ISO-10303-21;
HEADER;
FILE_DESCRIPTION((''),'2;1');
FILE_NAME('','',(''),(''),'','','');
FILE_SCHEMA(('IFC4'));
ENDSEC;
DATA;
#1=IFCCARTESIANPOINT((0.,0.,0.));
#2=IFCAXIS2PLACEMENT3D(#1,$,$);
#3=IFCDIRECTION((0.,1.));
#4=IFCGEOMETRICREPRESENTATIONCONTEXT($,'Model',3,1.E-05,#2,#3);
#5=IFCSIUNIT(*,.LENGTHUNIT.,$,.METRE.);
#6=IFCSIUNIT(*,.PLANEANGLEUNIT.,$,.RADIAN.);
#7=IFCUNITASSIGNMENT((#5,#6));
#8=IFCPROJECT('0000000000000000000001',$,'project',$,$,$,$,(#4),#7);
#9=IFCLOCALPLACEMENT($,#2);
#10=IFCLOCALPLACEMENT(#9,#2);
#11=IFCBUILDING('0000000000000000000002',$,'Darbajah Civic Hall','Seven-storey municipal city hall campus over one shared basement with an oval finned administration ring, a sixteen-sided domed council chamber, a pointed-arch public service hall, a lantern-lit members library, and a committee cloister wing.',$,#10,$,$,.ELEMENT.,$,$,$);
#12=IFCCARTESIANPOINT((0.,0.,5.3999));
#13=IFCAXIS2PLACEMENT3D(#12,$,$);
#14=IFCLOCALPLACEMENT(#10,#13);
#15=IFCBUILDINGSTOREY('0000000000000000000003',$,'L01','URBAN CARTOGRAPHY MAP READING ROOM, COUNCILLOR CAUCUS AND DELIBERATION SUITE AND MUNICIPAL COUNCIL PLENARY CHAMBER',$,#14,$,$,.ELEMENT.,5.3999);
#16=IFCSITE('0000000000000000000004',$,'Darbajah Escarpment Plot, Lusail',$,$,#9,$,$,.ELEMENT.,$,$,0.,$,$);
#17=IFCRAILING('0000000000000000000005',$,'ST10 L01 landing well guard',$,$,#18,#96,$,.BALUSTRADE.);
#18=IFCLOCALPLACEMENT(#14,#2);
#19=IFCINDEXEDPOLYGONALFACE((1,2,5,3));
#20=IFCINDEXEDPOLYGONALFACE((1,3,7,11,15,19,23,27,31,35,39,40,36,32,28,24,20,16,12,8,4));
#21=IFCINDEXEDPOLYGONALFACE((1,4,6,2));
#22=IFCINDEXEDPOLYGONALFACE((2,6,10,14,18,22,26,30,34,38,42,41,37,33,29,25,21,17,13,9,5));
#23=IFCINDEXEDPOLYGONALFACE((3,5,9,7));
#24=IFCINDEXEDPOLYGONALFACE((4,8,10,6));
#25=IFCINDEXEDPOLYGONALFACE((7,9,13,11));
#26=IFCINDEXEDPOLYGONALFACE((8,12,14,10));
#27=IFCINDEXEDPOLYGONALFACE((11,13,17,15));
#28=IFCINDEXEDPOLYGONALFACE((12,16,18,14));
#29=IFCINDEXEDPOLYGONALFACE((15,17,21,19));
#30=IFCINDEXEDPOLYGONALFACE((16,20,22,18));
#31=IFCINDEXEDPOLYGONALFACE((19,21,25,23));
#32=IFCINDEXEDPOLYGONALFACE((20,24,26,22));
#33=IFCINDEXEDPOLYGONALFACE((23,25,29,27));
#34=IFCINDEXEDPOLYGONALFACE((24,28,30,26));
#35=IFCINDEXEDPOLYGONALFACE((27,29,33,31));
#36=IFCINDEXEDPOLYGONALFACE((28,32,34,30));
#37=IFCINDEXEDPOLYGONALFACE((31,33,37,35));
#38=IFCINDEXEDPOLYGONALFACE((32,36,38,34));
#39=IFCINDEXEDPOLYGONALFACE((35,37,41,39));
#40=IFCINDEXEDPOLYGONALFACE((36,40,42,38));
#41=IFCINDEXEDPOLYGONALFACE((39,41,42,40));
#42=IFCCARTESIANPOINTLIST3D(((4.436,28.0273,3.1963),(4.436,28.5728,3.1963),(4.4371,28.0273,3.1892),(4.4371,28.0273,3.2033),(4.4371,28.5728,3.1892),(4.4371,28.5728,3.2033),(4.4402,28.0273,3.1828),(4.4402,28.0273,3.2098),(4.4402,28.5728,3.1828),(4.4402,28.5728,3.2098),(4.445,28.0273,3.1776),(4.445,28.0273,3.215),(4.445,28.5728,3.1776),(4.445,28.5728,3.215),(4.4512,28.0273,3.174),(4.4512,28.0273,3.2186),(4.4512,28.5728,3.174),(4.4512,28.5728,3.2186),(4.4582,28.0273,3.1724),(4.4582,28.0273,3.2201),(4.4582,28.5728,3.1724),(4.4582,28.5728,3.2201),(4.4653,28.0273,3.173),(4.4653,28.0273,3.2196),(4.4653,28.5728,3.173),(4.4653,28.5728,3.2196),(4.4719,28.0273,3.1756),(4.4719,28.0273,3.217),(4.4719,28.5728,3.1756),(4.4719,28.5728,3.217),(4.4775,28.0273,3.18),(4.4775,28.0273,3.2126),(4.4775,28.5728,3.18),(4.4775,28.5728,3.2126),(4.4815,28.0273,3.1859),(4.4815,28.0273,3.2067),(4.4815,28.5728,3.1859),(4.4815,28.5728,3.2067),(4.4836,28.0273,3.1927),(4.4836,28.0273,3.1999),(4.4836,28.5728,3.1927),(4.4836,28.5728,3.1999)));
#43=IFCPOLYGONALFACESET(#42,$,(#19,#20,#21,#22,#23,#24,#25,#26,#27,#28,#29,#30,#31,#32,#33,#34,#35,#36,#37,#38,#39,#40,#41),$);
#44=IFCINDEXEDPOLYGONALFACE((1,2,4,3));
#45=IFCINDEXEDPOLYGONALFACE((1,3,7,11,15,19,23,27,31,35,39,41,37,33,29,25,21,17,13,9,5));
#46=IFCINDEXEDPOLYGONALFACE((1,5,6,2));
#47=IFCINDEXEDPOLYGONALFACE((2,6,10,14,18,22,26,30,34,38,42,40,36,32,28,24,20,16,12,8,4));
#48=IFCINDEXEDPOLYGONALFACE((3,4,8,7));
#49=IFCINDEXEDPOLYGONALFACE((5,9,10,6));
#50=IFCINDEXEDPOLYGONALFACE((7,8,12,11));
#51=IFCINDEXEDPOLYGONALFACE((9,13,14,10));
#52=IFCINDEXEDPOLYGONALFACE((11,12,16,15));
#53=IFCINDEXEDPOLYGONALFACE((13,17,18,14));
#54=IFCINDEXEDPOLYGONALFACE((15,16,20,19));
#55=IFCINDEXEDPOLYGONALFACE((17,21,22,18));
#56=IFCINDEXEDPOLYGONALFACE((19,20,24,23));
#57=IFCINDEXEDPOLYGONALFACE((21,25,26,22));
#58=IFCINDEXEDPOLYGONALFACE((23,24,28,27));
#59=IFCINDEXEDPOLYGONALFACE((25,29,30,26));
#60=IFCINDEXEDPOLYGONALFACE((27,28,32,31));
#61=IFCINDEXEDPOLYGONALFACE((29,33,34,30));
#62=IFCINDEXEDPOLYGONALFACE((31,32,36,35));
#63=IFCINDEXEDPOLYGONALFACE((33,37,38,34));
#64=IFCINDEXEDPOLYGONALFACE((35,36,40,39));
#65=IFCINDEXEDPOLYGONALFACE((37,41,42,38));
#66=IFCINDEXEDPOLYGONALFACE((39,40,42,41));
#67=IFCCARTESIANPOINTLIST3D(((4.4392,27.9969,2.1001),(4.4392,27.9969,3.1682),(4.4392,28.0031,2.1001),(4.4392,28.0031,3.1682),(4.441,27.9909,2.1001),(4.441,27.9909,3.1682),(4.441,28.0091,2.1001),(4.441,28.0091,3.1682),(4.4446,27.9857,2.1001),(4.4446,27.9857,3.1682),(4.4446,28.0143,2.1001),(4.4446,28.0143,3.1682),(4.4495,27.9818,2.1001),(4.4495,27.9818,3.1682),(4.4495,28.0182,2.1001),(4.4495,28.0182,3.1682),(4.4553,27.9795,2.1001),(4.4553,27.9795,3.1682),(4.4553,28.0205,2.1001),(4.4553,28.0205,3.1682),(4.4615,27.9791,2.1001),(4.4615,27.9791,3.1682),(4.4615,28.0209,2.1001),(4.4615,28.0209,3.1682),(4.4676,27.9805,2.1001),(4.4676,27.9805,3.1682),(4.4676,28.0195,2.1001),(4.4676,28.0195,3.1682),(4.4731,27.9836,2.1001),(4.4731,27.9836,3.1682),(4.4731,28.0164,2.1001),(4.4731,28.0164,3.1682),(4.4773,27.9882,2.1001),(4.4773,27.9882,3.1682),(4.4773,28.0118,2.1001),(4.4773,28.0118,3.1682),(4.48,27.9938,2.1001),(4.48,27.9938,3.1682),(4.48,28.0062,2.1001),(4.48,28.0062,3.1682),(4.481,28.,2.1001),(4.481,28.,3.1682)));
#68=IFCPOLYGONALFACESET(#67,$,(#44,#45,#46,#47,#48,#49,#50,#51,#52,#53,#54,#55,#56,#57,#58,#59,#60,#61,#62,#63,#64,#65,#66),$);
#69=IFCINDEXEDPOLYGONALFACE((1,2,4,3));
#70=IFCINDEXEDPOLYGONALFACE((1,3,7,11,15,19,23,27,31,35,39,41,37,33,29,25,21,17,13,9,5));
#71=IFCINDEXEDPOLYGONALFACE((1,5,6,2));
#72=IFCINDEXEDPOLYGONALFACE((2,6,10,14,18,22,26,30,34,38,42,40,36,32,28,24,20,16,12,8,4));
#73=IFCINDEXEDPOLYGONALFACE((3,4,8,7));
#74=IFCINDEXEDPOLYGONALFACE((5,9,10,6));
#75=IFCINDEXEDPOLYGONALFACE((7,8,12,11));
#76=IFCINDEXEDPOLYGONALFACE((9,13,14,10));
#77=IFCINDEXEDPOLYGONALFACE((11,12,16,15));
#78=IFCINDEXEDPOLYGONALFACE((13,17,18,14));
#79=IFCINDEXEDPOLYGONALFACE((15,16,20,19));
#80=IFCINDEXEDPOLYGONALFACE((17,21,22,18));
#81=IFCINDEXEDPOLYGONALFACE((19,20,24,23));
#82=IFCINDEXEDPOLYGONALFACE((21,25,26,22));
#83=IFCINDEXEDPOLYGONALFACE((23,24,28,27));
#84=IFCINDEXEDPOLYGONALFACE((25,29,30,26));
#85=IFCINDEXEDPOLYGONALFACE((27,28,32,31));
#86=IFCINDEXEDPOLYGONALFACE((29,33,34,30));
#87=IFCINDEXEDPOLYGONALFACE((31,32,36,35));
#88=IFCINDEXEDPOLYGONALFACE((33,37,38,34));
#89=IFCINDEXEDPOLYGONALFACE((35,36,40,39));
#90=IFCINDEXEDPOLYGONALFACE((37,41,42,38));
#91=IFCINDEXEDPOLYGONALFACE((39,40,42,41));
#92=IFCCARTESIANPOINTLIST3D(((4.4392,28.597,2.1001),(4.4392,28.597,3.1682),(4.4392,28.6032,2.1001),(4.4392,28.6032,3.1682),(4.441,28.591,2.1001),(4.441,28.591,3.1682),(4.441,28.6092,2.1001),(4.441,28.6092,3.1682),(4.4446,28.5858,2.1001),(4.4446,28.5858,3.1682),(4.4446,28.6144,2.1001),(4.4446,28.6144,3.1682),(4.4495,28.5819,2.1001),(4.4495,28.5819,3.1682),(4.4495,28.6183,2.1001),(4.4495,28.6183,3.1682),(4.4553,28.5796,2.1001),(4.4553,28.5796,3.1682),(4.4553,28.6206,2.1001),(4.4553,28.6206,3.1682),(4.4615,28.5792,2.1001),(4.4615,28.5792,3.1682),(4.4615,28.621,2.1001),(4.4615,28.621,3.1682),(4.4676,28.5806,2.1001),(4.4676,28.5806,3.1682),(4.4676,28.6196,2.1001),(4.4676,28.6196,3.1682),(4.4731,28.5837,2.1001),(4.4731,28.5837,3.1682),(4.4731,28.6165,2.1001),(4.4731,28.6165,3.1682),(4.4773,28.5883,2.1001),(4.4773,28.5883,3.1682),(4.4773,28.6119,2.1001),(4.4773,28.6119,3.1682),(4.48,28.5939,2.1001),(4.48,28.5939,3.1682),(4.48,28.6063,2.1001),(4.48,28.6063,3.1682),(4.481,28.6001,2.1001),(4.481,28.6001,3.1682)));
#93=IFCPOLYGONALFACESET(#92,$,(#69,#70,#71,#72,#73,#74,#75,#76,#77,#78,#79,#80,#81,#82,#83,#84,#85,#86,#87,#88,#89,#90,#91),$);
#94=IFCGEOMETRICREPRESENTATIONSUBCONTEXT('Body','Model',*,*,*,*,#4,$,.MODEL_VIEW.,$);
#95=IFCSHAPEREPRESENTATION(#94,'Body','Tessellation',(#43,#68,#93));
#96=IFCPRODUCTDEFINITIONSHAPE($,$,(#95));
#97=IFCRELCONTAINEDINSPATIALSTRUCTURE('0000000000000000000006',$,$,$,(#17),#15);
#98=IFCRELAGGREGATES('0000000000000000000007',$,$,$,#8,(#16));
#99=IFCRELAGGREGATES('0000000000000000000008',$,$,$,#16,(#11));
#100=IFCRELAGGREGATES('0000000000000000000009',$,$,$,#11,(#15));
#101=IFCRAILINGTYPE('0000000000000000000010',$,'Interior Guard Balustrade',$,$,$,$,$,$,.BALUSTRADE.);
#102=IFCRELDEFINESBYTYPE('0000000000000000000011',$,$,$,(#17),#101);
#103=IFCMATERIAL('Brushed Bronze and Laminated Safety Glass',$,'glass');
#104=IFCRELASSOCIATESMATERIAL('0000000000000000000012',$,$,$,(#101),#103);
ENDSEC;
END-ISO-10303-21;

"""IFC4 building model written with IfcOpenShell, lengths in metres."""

from ifc_helpers import new_model, si_unit, direction, frame, origin, origin_2d, place, context, subcontext, project, spatial, circle, extrude, material, type_object, element, save


model = new_model("IFC4")

# Units and contexts
model_context = context("Model", 3, precision=1e-05, world=origin(), true_north=direction((0.0, 1.0)))
body_context = subcontext(model_context, "Body", "Model", "MODEL_VIEW")
ifc_project = project(units=[si_unit("LENGTHUNIT", "METRE"), si_unit("PLANEANGLEUNIT", "RADIAN")], contexts=[model_context])

# Site, building, storey
site_placement = place(None, origin())
site = spatial("IfcSite", under=ifc_project, at=site_placement, Name="Darbajah Escarpment Plot, Lusail", CompositionType="ELEMENT", RefElevation=0.0)
building_placement = place(site_placement, origin())
building = spatial("IfcBuilding", under=site, at=building_placement, Name="Darbajah Civic Hall", Description="Seven-storey municipal city hall campus over one shared basement with an oval finned administration ring, a sixteen-sided domed council chamber, a pointed-arch public service hall, a lantern-lit members library, and a committee cloister wing.", CompositionType="ELEMENT")
storey_placement = place(building_placement, frame((0.0, 0.0, 5.3999)))
storey = spatial("IfcBuildingStorey", under=building, at=storey_placement, Name="L01", Description="URBAN CARTOGRAPHY MAP READING ROOM, COUNCILLOR CAUCUS AND DELIBERATION SUITE AND MUNICIPAL COUNCIL PLENARY CHAMBER", CompositionType="ELEMENT", Elevation=5.3999)

# Railing
ifc_material_1 = material(Name="Brushed Bronze and Laminated Safety Glass", Category="glass")
railing_type_1 = type_object("IfcRailingType", Name="Interior Guard Balustrade", PredefinedType="BALUSTRADE", material=ifc_material_1)
railing_1_placement = place(storey_placement, frame((4.46, 28.0, 2.1001)))
element("IfcRailing", 1, at=railing_1_placement, inside=storey, type_object=railing_type_1, Name="ST10 L01 landing well guard", PredefinedType="BALUSTRADE", context=body_context, shape_type="SweptSolid", body=[
    extrude(circle(Radius=0.0239, at=origin_2d()), frame((0.0, 0.0273, 1.0962), z_axis=(0.0, 1.0, 0.0), x_axis=(-1.0, 0.0, 0.0)), (0.0, 0.0, 1.0), 0.5454),
    extrude(circle(Radius=0.021, at=origin_2d()), origin(), (0.0, 0.0, 1.0), 1.0681),
    extrude(circle(Radius=0.021, at=origin_2d()), frame((0.0, 0.6001, 0.0)), (0.0, 0.0, 1.0), 1.0681),
])

save(model, "model.ifc")
